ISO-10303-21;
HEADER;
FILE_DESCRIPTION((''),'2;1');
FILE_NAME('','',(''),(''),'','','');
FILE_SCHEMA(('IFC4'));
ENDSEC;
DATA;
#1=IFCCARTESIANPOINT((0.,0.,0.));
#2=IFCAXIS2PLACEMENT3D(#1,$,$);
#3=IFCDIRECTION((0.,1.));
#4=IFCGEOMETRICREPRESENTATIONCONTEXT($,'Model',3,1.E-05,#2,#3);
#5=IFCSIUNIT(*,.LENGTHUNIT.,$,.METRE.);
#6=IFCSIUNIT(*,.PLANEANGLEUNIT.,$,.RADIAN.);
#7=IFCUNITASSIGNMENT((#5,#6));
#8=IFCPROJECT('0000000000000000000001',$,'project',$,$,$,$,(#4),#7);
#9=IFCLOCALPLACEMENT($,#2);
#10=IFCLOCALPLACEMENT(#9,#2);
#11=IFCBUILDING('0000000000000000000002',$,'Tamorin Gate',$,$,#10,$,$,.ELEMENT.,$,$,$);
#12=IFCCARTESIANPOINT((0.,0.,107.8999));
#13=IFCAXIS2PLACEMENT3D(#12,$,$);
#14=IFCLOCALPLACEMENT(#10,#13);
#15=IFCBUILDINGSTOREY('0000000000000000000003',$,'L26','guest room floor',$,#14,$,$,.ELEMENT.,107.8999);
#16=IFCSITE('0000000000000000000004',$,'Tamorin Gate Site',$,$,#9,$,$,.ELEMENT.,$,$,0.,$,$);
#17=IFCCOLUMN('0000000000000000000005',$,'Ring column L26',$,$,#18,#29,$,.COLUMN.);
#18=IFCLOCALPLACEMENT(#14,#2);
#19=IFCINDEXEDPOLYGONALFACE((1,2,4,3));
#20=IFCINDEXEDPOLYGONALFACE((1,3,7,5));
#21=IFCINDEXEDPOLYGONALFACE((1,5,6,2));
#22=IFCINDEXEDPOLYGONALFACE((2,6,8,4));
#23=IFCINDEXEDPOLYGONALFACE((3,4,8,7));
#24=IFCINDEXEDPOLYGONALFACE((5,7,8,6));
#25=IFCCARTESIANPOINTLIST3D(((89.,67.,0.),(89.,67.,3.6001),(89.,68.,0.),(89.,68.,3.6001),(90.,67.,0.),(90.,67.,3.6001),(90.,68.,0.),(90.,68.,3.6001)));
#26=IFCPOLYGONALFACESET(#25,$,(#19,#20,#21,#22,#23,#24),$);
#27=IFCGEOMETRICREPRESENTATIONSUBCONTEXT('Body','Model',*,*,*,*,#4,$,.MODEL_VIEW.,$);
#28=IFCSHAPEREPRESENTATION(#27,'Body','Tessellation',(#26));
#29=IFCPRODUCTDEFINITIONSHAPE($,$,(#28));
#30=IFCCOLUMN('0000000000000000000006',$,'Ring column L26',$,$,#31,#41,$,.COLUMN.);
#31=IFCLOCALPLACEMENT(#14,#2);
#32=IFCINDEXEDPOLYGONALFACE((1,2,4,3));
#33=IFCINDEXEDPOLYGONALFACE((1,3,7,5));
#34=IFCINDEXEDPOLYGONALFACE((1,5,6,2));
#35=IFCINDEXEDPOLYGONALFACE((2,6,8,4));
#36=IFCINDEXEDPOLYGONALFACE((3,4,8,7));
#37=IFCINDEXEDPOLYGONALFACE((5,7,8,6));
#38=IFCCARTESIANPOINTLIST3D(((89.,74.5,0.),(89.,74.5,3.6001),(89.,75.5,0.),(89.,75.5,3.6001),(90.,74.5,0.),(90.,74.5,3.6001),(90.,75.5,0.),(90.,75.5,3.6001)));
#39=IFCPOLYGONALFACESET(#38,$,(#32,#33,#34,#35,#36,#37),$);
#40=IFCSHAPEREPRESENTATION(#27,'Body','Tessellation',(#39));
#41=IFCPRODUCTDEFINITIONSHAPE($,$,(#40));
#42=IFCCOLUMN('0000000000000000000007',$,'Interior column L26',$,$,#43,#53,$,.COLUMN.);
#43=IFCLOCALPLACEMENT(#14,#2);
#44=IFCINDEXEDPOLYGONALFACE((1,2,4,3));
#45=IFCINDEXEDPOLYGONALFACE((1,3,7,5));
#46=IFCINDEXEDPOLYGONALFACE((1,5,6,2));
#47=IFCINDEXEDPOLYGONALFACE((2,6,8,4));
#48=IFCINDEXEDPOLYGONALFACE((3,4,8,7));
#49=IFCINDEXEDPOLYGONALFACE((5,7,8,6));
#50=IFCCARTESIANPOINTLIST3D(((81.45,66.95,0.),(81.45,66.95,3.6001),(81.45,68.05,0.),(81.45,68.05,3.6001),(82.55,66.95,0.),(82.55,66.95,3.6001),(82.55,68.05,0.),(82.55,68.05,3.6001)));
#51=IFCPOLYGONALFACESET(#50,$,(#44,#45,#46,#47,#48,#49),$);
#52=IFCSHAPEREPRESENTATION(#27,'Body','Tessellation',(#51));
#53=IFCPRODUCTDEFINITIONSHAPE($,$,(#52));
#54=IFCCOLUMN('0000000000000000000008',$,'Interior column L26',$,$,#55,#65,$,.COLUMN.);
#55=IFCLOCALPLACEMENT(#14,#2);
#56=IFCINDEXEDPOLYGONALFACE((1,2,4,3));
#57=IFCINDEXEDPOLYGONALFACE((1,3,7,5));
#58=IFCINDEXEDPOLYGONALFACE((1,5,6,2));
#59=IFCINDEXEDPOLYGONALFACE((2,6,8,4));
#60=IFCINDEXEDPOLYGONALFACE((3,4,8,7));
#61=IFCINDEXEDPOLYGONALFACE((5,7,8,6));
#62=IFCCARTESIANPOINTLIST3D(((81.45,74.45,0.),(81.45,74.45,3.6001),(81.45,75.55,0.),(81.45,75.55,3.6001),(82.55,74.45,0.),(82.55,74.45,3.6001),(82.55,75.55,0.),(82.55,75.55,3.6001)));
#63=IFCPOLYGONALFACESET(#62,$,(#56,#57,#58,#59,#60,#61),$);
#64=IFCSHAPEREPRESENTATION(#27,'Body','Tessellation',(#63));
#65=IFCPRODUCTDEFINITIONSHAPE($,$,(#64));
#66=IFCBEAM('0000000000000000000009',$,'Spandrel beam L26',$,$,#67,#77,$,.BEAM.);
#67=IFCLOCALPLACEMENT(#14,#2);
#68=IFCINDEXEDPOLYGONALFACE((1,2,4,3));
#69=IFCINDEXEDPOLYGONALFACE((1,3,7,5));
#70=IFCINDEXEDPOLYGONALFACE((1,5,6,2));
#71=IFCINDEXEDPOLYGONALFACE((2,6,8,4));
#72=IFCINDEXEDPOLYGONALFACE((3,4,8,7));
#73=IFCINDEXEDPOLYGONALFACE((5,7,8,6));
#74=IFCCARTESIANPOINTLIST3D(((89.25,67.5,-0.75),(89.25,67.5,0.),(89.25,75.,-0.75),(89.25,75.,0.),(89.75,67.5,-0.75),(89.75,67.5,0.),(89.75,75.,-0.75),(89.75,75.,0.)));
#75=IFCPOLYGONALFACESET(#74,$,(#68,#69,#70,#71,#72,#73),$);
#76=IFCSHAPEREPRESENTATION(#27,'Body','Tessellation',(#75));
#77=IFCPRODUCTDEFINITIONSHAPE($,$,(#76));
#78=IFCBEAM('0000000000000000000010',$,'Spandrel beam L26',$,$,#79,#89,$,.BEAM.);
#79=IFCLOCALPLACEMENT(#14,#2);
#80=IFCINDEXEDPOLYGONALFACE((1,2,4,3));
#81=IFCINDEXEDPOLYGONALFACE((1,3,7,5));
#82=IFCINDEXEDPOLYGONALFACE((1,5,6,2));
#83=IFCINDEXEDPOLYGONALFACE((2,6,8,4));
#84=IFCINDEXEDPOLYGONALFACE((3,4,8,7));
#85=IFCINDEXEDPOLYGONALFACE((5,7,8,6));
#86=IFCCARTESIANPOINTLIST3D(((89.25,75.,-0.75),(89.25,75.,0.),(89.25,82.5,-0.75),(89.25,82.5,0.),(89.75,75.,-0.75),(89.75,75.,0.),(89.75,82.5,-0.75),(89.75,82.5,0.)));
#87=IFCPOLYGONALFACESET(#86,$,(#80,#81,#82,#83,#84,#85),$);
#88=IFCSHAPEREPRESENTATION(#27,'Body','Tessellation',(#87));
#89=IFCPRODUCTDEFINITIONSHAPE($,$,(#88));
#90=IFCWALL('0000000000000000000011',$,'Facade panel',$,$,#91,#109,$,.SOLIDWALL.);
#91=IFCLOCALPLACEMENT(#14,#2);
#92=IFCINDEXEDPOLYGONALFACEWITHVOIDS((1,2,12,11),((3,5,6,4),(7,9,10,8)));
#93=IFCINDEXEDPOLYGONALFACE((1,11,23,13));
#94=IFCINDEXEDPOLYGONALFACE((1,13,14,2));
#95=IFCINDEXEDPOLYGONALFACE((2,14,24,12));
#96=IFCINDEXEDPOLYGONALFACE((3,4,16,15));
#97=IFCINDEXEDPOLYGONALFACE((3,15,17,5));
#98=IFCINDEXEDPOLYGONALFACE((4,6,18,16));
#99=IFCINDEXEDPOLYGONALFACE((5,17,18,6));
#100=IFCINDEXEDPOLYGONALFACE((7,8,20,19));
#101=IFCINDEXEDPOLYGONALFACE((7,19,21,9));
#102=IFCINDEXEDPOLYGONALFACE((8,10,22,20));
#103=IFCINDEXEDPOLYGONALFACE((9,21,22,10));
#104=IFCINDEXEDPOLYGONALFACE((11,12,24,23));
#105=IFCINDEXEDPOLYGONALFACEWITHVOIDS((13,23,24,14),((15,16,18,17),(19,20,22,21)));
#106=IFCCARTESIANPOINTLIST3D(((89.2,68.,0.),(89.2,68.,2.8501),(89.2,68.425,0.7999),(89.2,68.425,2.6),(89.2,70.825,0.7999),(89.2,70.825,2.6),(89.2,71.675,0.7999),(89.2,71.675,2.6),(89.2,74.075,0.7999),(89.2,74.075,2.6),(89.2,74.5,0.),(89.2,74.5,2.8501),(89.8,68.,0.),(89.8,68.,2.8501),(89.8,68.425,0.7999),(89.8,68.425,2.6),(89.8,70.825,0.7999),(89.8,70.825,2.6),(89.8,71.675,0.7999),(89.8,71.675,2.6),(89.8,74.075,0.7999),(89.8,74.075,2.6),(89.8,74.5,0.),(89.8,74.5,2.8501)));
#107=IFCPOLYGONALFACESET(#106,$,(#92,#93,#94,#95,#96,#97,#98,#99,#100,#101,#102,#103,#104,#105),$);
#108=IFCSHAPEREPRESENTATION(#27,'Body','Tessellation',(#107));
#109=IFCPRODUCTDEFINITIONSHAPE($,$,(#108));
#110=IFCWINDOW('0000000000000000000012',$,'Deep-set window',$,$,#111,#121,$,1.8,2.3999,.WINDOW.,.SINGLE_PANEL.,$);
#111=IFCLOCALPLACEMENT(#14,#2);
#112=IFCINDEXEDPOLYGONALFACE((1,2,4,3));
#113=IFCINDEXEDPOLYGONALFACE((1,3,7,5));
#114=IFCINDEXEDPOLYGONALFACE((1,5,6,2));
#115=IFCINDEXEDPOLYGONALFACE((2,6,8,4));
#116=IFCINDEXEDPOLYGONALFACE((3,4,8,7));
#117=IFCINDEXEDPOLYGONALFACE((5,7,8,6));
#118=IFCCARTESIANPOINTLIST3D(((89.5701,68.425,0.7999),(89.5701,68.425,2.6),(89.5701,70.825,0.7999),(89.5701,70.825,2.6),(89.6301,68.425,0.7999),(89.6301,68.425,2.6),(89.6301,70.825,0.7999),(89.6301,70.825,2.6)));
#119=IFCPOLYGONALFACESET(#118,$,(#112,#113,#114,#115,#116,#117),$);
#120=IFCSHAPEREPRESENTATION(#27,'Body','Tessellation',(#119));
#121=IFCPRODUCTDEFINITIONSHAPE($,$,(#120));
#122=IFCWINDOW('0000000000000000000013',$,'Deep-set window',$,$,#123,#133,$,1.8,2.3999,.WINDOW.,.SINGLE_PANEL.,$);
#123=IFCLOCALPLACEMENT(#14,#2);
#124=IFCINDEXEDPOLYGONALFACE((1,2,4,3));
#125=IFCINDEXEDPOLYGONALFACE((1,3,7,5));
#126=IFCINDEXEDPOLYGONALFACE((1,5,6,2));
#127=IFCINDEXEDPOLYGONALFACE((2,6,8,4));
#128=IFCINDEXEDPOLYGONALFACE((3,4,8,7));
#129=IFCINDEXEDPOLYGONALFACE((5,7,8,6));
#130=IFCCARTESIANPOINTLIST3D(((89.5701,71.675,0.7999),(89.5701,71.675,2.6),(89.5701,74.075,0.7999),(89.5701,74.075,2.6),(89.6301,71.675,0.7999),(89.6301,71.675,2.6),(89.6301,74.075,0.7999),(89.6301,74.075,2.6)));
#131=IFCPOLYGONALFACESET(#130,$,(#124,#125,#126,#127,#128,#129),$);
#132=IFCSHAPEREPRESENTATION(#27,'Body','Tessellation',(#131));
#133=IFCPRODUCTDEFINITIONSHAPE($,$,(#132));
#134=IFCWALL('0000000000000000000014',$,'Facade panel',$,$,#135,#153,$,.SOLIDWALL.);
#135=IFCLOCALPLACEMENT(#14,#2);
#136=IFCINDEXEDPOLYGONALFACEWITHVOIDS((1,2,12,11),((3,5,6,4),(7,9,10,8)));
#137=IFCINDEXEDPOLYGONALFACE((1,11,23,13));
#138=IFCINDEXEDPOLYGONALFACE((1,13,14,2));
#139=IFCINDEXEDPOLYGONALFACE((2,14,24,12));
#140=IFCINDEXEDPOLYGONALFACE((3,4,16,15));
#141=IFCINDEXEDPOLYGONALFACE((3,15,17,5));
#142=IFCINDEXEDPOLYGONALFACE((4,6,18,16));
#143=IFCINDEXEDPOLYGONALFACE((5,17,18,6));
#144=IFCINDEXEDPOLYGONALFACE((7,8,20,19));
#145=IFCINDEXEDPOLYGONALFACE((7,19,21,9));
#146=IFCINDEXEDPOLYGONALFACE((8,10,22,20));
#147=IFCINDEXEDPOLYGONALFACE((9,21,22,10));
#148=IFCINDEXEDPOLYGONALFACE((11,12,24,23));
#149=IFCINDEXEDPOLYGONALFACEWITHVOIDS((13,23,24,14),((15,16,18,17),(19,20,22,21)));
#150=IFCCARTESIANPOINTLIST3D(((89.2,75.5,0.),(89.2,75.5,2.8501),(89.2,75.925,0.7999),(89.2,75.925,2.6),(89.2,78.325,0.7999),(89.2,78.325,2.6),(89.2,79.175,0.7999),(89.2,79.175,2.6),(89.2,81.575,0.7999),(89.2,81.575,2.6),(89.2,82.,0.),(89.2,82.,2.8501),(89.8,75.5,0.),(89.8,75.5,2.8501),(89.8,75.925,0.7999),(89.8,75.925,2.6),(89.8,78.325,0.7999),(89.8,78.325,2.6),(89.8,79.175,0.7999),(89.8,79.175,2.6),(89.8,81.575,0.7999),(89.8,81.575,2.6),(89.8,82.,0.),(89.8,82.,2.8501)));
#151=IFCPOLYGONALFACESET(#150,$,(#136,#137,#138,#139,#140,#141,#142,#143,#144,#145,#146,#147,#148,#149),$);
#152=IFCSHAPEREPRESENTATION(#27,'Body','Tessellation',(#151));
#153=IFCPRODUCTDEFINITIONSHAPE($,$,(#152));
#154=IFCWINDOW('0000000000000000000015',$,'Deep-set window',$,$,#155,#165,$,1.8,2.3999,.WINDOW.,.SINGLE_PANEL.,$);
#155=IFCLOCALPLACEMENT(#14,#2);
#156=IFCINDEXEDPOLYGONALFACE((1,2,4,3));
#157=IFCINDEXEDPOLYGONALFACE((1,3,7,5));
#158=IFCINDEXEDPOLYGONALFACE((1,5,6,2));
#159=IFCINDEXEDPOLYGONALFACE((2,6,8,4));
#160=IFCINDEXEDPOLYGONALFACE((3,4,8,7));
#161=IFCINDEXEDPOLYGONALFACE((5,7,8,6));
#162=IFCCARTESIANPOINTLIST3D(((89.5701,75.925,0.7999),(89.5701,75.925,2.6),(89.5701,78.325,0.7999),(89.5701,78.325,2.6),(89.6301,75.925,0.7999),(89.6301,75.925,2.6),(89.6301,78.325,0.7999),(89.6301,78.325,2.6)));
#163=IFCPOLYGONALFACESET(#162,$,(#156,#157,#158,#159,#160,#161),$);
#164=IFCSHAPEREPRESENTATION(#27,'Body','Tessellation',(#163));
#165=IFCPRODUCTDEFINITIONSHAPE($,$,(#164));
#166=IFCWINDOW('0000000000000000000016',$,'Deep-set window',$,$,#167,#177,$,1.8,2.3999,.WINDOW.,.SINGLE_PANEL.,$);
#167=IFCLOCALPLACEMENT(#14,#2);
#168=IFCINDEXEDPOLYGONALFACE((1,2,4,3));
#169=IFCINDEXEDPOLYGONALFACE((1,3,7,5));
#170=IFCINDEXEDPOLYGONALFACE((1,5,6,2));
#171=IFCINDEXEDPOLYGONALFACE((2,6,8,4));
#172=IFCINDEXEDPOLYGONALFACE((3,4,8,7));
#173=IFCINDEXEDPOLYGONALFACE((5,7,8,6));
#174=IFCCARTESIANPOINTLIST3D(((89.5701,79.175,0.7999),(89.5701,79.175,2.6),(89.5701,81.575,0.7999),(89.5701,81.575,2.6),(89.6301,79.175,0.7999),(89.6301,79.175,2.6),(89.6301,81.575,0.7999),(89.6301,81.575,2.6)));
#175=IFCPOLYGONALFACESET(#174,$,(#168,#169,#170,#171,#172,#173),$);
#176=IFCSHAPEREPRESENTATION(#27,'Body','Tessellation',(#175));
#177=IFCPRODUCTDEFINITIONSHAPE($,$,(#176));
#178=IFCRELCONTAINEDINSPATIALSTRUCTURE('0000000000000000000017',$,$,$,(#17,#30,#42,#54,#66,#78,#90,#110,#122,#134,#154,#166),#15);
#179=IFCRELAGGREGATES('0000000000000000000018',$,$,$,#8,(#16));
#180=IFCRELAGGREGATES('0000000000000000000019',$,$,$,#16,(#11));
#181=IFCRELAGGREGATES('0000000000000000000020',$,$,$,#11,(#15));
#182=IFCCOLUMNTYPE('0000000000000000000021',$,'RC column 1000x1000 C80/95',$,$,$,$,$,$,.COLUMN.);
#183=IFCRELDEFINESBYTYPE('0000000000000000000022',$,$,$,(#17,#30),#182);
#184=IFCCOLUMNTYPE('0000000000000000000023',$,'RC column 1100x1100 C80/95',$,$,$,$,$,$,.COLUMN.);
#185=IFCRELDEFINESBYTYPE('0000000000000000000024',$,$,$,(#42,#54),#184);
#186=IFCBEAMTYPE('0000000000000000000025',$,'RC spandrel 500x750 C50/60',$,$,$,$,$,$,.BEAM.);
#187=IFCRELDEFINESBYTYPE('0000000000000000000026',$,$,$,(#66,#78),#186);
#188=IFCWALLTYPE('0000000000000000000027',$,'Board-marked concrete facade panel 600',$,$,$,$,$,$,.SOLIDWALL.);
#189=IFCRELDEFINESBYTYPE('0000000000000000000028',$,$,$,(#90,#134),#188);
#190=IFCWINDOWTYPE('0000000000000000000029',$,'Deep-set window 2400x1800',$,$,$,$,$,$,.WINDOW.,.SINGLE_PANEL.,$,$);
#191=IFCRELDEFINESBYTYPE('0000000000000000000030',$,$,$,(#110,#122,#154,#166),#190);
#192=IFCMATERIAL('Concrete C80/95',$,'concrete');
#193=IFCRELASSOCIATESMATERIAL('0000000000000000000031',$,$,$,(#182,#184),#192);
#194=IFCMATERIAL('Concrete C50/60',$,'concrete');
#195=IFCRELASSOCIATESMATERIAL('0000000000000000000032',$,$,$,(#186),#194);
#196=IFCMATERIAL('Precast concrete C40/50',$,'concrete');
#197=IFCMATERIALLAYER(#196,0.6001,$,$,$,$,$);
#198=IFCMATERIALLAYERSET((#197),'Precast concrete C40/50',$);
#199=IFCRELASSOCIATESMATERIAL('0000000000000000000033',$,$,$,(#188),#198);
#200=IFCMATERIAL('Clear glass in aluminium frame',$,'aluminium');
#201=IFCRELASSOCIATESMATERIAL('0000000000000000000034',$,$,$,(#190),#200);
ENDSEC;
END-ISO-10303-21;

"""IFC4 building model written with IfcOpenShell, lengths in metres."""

from ifc_helpers import new_model, si_unit, direction, frame, frame_2d, origin, origin_2d, place, context, subcontext, project, spatial, rectangle, extrude, material, layer, layer_set, material_profile, profile_set, type_object, element, fill, save


model = new_model("IFC4")

# Units and contexts
model_context = context("Model", 3, precision=1e-05, world=origin(), true_north=direction((0.0, 1.0)))
body_context = subcontext(model_context, "Body", "Model", "MODEL_VIEW")
ifc_project = project(units=[si_unit("LENGTHUNIT", "METRE"), si_unit("PLANEANGLEUNIT", "RADIAN")], contexts=[model_context])

# Site, building, storey
site_placement = place(None, origin())
site = spatial("IfcSite", under=ifc_project, at=site_placement, Name="Tamorin Gate Site", CompositionType="ELEMENT", RefElevation=0.0)
building_placement = place(site_placement, origin())
building = spatial("IfcBuilding", under=site, at=building_placement, Name="Tamorin Gate", CompositionType="ELEMENT")
storey_placement = place(building_placement, frame((0.0, 0.0, 107.8999)))
storey = spatial("IfcBuildingStorey", under=building, at=storey_placement, Name="L26", Description="guest room floor", CompositionType="ELEMENT", Elevation=107.8999)

# Columns
ifc_material_1 = material(Name="Concrete C80/95", Category="concrete")
ifc_material_profile_1 = material_profile(ifc_material_1, rectangle(XDim=1.0, YDim=1.0, at=origin_2d()), Name="RC 1000x1000")
ifc_profile_set_1 = profile_set([ifc_material_profile_1], Name="Concrete C80/95")
column_type_1 = type_object("IfcColumnType", Name="RC column 1000x1000 C80/95", PredefinedType="COLUMN", material=ifc_profile_set_1)
for number, where, z_axis, x_axis, name in (
    (1, (89.5, 67.5, 0.0), (0.0, 0.0, 1.0), (1.0, 0.0, 0.0), "Ring column L26"),
    (2, (89.5, 75.0, 0.0), (0.0, 0.0, 1.0), (1.0, 0.0, 0.0), "Ring column L26"),
):
    element("IfcColumn", number, at=place(storey_placement, frame(where, z_axis=z_axis, x_axis=x_axis)), inside=storey, type_object=column_type_1, Name=name, PredefinedType="COLUMN", context=body_context, shape_type="SweptSolid", body=[
        extrude(rectangle(XDim=1.0, YDim=1.0, at=origin_2d()), origin(), (0.0, 0.0, 1.0), 3.6001),
    ])
ifc_material_profile_2 = material_profile(ifc_material_1, rectangle(XDim=1.1001, YDim=1.1001, at=origin_2d()), Name="RC 1100x1100")
ifc_profile_set_2 = profile_set([ifc_material_profile_2], Name="Concrete C80/95")
column_type_2 = type_object("IfcColumnType", Name="RC column 1100x1100 C80/95", PredefinedType="COLUMN", material=ifc_profile_set_2)
for number, where, z_axis, x_axis, name in (
    (3, (82.0, 67.5, 0.0), (0.0, 0.0, 1.0), (1.0, 0.0, 0.0), "Interior column L26"),
    (4, (82.0, 75.0, 0.0), (0.0, 0.0, 1.0), (1.0, 0.0, 0.0), "Interior column L26"),
):
    element("IfcColumn", number, at=place(storey_placement, frame(where, z_axis=z_axis, x_axis=x_axis)), inside=storey, type_object=column_type_2, Name=name, PredefinedType="COLUMN", context=body_context, shape_type="SweptSolid", body=[
        extrude(rectangle(XDim=1.1001, YDim=1.1001, at=origin_2d()), origin(), (0.0, 0.0, 1.0), 3.6001),
    ])

# Beams
ifc_material_2 = material(Name="Concrete C50/60", Category="concrete")
ifc_material_profile_3 = material_profile(ifc_material_2, rectangle(XDim=0.5, YDim=0.75, at=origin_2d()), Name="RC 500x750")
ifc_profile_set_3 = profile_set([ifc_material_profile_3], Name="Concrete C50/60")
beam_type = type_object("IfcBeamType", Name="RC spandrel 500x750 C50/60", PredefinedType="BEAM", material=ifc_profile_set_3)
for number, where, z_axis, x_axis, name in (
    (5, (89.5, 67.5, -0.375), (0.0, 1.0, 0.0), (-1.0, 0.0, 0.0), "Spandrel beam L26"),
    (6, (89.5, 75.0, -0.375), (0.0, 1.0, 0.0), (-1.0, 0.0, 0.0), "Spandrel beam L26"),
):
    element("IfcBeam", number, at=place(storey_placement, frame(where, z_axis=z_axis, x_axis=x_axis)), inside=storey, type_object=beam_type, Name=name, PredefinedType="BEAM", context=body_context, shape_type="SweptSolid", body=[
        extrude(rectangle(XDim=0.5, YDim=0.75, at=origin_2d()), origin(), (0.0, 0.0, 1.0), 7.5),
    ])

# Walls, openings, windows
ifc_material_3 = material(Name="Precast concrete C40/50", Category="concrete")
ifc_layer_1 = layer(ifc_material_3, 0.6001)
ifc_layer_set_1 = layer_set([ifc_layer_1], Name="Precast concrete C40/50")
wall_type_1 = type_object("IfcWallType", Name="Board-marked concrete facade panel 600", PredefinedType="SOLIDWALL", material=ifc_layer_set_1)
wall_1_placement = place(storey_placement, frame((89.5, 68.0, 0.0), z_axis=(0.0, 0.0, 1.0), x_axis=(0.0, 1.0, 0.0)))
wall_1 = element("IfcWall", 7, at=wall_1_placement, inside=storey, type_object=wall_type_1, Name="Facade panel", PredefinedType="SOLIDWALL", context=body_context, shape_type="SweptSolid", body=[
    extrude(rectangle(XDim=6.5, YDim=0.6001, at=frame_2d((3.25, 0.0))), origin(), (0.0, 0.0, 1.0), 2.8501),
])
opening_1_placement = place(wall_1_placement, frame((0.425, 0.0, 0.8)))
opening_1 = element("IfcOpeningElement", 8, at=opening_1_placement, cuts=wall_1, PredefinedType="OPENING", context=body_context, shape_type="SweptSolid", body=[
    extrude(rectangle(XDim=2.3999, YDim=1.8, at=frame_2d((1.2, 0.8999))), frame((0.0, 0.3101, 0.0), z_axis=(0.0, -1.0, 0.0), x_axis=(1.0, 0.0, 0.0)), (0.0, 0.0, 1.0), 0.6201),
])
opening_2_placement = place(wall_1_placement, frame((3.675, 0.0, 0.8)))
opening_2 = element("IfcOpeningElement", 9, at=opening_2_placement, cuts=wall_1, PredefinedType="OPENING", context=body_context, shape_type="SweptSolid", body=[
    extrude(rectangle(XDim=2.3999, YDim=1.8, at=frame_2d((1.2, 0.8999))), frame((0.0, 0.3101, 0.0), z_axis=(0.0, -1.0, 0.0), x_axis=(1.0, 0.0, 0.0)), (0.0, 0.0, 1.0), 0.6201),
])
ifc_material_4 = material(Name="Clear glass in aluminium frame", Category="aluminium")
window_type = type_object("IfcWindowType", Name="Deep-set window 2400x1800", PartitioningType="SINGLE_PANEL", PredefinedType="WINDOW", material=ifc_material_4)
window_1_placement = place(opening_1_placement, origin())
window_1 = element("IfcWindow", 10, at=window_1_placement, inside=storey, type_object=window_type, Name="Deep-set window", OverallHeight=1.8, OverallWidth=2.3999, PartitioningType="SINGLE_PANEL", PredefinedType="WINDOW", context=body_context, shape_type="SweptSolid", body=[
    extrude(rectangle(XDim=2.3999, YDim=1.8, at=frame_2d((1.2, 0.8999))), frame((0.0, -0.0701, 0.0), z_axis=(0.0, -1.0, 0.0), x_axis=(1.0, 0.0, 0.0)), (0.0, 0.0, 1.0), 0.0601),
])
fill(opening_1, window_1)
window_2_placement = place(opening_2_placement, origin())
window_2 = element("IfcWindow", 11, at=window_2_placement, inside=storey, type_object=window_type, Name="Deep-set window", OverallHeight=1.8, OverallWidth=2.3999, PartitioningType="SINGLE_PANEL", PredefinedType="WINDOW", context=body_context, shape_type="SweptSolid", body=[
    extrude(rectangle(XDim=2.3999, YDim=1.8, at=frame_2d((1.2, 0.8999))), frame((0.0, -0.0701, 0.0), z_axis=(0.0, -1.0, 0.0), x_axis=(1.0, 0.0, 0.0)), (0.0, 0.0, 1.0), 0.0601),
])
fill(opening_2, window_2)
wall_2_placement = place(storey_placement, frame((89.5, 75.5, 0.0), z_axis=(0.0, 0.0, 1.0), x_axis=(0.0, 1.0, 0.0)))
wall_2 = element("IfcWall", 12, at=wall_2_placement, inside=storey, type_object=wall_type_1, Name="Facade panel", PredefinedType="SOLIDWALL", context=body_context, shape_type="SweptSolid", body=[
    extrude(rectangle(XDim=6.5, YDim=0.6001, at=frame_2d((3.25, 0.0))), origin(), (0.0, 0.0, 1.0), 2.8501),
])
opening_3_placement = place(wall_2_placement, frame((0.425, 0.0, 0.8)))
opening_3 = element("IfcOpeningElement", 13, at=opening_3_placement, cuts=wall_2, PredefinedType="OPENING", context=body_context, shape_type="SweptSolid", body=[
    extrude(rectangle(XDim=2.3999, YDim=1.8, at=frame_2d((1.2, 0.8999))), frame((0.0, 0.3101, 0.0), z_axis=(0.0, -1.0, 0.0), x_axis=(1.0, 0.0, 0.0)), (0.0, 0.0, 1.0), 0.6201),
])
opening_4_placement = place(wall_2_placement, frame((3.675, 0.0, 0.8)))
opening_4 = element("IfcOpeningElement", 14, at=opening_4_placement, cuts=wall_2, PredefinedType="OPENING", context=body_context, shape_type="SweptSolid", body=[
    extrude(rectangle(XDim=2.3999, YDim=1.8, at=frame_2d((1.2, 0.8999))), frame((0.0, 0.3101, 0.0), z_axis=(0.0, -1.0, 0.0), x_axis=(1.0, 0.0, 0.0)), (0.0, 0.0, 1.0), 0.6201),
])
window_3_placement = place(opening_3_placement, origin())
window_3 = element("IfcWindow", 15, at=window_3_placement, inside=storey, type_object=window_type, Name="Deep-set window", OverallHeight=1.8, OverallWidth=2.3999, PartitioningType="SINGLE_PANEL", PredefinedType="WINDOW", context=body_context, shape_type="SweptSolid", body=[
    extrude(rectangle(XDim=2.3999, YDim=1.8, at=frame_2d((1.2, 0.8999))), frame((0.0, -0.0701, 0.0), z_axis=(0.0, -1.0, 0.0), x_axis=(1.0, 0.0, 0.0)), (0.0, 0.0, 1.0), 0.0601),
])
fill(opening_3, window_3)
window_4_placement = place(opening_4_placement, origin())
window_4 = element("IfcWindow", 16, at=window_4_placement, inside=storey, type_object=window_type, Name="Deep-set window", OverallHeight=1.8, OverallWidth=2.3999, PartitioningType="SINGLE_PANEL", PredefinedType="WINDOW", context=body_context, shape_type="SweptSolid", body=[
    extrude(rectangle(XDim=2.3999, YDim=1.8, at=frame_2d((1.2, 0.8999))), frame((0.0, -0.0701, 0.0), z_axis=(0.0, -1.0, 0.0), x_axis=(1.0, 0.0, 0.0)), (0.0, 0.0, 1.0), 0.0601),
])
fill(opening_4, window_4)

save(model, "model.ifc")
